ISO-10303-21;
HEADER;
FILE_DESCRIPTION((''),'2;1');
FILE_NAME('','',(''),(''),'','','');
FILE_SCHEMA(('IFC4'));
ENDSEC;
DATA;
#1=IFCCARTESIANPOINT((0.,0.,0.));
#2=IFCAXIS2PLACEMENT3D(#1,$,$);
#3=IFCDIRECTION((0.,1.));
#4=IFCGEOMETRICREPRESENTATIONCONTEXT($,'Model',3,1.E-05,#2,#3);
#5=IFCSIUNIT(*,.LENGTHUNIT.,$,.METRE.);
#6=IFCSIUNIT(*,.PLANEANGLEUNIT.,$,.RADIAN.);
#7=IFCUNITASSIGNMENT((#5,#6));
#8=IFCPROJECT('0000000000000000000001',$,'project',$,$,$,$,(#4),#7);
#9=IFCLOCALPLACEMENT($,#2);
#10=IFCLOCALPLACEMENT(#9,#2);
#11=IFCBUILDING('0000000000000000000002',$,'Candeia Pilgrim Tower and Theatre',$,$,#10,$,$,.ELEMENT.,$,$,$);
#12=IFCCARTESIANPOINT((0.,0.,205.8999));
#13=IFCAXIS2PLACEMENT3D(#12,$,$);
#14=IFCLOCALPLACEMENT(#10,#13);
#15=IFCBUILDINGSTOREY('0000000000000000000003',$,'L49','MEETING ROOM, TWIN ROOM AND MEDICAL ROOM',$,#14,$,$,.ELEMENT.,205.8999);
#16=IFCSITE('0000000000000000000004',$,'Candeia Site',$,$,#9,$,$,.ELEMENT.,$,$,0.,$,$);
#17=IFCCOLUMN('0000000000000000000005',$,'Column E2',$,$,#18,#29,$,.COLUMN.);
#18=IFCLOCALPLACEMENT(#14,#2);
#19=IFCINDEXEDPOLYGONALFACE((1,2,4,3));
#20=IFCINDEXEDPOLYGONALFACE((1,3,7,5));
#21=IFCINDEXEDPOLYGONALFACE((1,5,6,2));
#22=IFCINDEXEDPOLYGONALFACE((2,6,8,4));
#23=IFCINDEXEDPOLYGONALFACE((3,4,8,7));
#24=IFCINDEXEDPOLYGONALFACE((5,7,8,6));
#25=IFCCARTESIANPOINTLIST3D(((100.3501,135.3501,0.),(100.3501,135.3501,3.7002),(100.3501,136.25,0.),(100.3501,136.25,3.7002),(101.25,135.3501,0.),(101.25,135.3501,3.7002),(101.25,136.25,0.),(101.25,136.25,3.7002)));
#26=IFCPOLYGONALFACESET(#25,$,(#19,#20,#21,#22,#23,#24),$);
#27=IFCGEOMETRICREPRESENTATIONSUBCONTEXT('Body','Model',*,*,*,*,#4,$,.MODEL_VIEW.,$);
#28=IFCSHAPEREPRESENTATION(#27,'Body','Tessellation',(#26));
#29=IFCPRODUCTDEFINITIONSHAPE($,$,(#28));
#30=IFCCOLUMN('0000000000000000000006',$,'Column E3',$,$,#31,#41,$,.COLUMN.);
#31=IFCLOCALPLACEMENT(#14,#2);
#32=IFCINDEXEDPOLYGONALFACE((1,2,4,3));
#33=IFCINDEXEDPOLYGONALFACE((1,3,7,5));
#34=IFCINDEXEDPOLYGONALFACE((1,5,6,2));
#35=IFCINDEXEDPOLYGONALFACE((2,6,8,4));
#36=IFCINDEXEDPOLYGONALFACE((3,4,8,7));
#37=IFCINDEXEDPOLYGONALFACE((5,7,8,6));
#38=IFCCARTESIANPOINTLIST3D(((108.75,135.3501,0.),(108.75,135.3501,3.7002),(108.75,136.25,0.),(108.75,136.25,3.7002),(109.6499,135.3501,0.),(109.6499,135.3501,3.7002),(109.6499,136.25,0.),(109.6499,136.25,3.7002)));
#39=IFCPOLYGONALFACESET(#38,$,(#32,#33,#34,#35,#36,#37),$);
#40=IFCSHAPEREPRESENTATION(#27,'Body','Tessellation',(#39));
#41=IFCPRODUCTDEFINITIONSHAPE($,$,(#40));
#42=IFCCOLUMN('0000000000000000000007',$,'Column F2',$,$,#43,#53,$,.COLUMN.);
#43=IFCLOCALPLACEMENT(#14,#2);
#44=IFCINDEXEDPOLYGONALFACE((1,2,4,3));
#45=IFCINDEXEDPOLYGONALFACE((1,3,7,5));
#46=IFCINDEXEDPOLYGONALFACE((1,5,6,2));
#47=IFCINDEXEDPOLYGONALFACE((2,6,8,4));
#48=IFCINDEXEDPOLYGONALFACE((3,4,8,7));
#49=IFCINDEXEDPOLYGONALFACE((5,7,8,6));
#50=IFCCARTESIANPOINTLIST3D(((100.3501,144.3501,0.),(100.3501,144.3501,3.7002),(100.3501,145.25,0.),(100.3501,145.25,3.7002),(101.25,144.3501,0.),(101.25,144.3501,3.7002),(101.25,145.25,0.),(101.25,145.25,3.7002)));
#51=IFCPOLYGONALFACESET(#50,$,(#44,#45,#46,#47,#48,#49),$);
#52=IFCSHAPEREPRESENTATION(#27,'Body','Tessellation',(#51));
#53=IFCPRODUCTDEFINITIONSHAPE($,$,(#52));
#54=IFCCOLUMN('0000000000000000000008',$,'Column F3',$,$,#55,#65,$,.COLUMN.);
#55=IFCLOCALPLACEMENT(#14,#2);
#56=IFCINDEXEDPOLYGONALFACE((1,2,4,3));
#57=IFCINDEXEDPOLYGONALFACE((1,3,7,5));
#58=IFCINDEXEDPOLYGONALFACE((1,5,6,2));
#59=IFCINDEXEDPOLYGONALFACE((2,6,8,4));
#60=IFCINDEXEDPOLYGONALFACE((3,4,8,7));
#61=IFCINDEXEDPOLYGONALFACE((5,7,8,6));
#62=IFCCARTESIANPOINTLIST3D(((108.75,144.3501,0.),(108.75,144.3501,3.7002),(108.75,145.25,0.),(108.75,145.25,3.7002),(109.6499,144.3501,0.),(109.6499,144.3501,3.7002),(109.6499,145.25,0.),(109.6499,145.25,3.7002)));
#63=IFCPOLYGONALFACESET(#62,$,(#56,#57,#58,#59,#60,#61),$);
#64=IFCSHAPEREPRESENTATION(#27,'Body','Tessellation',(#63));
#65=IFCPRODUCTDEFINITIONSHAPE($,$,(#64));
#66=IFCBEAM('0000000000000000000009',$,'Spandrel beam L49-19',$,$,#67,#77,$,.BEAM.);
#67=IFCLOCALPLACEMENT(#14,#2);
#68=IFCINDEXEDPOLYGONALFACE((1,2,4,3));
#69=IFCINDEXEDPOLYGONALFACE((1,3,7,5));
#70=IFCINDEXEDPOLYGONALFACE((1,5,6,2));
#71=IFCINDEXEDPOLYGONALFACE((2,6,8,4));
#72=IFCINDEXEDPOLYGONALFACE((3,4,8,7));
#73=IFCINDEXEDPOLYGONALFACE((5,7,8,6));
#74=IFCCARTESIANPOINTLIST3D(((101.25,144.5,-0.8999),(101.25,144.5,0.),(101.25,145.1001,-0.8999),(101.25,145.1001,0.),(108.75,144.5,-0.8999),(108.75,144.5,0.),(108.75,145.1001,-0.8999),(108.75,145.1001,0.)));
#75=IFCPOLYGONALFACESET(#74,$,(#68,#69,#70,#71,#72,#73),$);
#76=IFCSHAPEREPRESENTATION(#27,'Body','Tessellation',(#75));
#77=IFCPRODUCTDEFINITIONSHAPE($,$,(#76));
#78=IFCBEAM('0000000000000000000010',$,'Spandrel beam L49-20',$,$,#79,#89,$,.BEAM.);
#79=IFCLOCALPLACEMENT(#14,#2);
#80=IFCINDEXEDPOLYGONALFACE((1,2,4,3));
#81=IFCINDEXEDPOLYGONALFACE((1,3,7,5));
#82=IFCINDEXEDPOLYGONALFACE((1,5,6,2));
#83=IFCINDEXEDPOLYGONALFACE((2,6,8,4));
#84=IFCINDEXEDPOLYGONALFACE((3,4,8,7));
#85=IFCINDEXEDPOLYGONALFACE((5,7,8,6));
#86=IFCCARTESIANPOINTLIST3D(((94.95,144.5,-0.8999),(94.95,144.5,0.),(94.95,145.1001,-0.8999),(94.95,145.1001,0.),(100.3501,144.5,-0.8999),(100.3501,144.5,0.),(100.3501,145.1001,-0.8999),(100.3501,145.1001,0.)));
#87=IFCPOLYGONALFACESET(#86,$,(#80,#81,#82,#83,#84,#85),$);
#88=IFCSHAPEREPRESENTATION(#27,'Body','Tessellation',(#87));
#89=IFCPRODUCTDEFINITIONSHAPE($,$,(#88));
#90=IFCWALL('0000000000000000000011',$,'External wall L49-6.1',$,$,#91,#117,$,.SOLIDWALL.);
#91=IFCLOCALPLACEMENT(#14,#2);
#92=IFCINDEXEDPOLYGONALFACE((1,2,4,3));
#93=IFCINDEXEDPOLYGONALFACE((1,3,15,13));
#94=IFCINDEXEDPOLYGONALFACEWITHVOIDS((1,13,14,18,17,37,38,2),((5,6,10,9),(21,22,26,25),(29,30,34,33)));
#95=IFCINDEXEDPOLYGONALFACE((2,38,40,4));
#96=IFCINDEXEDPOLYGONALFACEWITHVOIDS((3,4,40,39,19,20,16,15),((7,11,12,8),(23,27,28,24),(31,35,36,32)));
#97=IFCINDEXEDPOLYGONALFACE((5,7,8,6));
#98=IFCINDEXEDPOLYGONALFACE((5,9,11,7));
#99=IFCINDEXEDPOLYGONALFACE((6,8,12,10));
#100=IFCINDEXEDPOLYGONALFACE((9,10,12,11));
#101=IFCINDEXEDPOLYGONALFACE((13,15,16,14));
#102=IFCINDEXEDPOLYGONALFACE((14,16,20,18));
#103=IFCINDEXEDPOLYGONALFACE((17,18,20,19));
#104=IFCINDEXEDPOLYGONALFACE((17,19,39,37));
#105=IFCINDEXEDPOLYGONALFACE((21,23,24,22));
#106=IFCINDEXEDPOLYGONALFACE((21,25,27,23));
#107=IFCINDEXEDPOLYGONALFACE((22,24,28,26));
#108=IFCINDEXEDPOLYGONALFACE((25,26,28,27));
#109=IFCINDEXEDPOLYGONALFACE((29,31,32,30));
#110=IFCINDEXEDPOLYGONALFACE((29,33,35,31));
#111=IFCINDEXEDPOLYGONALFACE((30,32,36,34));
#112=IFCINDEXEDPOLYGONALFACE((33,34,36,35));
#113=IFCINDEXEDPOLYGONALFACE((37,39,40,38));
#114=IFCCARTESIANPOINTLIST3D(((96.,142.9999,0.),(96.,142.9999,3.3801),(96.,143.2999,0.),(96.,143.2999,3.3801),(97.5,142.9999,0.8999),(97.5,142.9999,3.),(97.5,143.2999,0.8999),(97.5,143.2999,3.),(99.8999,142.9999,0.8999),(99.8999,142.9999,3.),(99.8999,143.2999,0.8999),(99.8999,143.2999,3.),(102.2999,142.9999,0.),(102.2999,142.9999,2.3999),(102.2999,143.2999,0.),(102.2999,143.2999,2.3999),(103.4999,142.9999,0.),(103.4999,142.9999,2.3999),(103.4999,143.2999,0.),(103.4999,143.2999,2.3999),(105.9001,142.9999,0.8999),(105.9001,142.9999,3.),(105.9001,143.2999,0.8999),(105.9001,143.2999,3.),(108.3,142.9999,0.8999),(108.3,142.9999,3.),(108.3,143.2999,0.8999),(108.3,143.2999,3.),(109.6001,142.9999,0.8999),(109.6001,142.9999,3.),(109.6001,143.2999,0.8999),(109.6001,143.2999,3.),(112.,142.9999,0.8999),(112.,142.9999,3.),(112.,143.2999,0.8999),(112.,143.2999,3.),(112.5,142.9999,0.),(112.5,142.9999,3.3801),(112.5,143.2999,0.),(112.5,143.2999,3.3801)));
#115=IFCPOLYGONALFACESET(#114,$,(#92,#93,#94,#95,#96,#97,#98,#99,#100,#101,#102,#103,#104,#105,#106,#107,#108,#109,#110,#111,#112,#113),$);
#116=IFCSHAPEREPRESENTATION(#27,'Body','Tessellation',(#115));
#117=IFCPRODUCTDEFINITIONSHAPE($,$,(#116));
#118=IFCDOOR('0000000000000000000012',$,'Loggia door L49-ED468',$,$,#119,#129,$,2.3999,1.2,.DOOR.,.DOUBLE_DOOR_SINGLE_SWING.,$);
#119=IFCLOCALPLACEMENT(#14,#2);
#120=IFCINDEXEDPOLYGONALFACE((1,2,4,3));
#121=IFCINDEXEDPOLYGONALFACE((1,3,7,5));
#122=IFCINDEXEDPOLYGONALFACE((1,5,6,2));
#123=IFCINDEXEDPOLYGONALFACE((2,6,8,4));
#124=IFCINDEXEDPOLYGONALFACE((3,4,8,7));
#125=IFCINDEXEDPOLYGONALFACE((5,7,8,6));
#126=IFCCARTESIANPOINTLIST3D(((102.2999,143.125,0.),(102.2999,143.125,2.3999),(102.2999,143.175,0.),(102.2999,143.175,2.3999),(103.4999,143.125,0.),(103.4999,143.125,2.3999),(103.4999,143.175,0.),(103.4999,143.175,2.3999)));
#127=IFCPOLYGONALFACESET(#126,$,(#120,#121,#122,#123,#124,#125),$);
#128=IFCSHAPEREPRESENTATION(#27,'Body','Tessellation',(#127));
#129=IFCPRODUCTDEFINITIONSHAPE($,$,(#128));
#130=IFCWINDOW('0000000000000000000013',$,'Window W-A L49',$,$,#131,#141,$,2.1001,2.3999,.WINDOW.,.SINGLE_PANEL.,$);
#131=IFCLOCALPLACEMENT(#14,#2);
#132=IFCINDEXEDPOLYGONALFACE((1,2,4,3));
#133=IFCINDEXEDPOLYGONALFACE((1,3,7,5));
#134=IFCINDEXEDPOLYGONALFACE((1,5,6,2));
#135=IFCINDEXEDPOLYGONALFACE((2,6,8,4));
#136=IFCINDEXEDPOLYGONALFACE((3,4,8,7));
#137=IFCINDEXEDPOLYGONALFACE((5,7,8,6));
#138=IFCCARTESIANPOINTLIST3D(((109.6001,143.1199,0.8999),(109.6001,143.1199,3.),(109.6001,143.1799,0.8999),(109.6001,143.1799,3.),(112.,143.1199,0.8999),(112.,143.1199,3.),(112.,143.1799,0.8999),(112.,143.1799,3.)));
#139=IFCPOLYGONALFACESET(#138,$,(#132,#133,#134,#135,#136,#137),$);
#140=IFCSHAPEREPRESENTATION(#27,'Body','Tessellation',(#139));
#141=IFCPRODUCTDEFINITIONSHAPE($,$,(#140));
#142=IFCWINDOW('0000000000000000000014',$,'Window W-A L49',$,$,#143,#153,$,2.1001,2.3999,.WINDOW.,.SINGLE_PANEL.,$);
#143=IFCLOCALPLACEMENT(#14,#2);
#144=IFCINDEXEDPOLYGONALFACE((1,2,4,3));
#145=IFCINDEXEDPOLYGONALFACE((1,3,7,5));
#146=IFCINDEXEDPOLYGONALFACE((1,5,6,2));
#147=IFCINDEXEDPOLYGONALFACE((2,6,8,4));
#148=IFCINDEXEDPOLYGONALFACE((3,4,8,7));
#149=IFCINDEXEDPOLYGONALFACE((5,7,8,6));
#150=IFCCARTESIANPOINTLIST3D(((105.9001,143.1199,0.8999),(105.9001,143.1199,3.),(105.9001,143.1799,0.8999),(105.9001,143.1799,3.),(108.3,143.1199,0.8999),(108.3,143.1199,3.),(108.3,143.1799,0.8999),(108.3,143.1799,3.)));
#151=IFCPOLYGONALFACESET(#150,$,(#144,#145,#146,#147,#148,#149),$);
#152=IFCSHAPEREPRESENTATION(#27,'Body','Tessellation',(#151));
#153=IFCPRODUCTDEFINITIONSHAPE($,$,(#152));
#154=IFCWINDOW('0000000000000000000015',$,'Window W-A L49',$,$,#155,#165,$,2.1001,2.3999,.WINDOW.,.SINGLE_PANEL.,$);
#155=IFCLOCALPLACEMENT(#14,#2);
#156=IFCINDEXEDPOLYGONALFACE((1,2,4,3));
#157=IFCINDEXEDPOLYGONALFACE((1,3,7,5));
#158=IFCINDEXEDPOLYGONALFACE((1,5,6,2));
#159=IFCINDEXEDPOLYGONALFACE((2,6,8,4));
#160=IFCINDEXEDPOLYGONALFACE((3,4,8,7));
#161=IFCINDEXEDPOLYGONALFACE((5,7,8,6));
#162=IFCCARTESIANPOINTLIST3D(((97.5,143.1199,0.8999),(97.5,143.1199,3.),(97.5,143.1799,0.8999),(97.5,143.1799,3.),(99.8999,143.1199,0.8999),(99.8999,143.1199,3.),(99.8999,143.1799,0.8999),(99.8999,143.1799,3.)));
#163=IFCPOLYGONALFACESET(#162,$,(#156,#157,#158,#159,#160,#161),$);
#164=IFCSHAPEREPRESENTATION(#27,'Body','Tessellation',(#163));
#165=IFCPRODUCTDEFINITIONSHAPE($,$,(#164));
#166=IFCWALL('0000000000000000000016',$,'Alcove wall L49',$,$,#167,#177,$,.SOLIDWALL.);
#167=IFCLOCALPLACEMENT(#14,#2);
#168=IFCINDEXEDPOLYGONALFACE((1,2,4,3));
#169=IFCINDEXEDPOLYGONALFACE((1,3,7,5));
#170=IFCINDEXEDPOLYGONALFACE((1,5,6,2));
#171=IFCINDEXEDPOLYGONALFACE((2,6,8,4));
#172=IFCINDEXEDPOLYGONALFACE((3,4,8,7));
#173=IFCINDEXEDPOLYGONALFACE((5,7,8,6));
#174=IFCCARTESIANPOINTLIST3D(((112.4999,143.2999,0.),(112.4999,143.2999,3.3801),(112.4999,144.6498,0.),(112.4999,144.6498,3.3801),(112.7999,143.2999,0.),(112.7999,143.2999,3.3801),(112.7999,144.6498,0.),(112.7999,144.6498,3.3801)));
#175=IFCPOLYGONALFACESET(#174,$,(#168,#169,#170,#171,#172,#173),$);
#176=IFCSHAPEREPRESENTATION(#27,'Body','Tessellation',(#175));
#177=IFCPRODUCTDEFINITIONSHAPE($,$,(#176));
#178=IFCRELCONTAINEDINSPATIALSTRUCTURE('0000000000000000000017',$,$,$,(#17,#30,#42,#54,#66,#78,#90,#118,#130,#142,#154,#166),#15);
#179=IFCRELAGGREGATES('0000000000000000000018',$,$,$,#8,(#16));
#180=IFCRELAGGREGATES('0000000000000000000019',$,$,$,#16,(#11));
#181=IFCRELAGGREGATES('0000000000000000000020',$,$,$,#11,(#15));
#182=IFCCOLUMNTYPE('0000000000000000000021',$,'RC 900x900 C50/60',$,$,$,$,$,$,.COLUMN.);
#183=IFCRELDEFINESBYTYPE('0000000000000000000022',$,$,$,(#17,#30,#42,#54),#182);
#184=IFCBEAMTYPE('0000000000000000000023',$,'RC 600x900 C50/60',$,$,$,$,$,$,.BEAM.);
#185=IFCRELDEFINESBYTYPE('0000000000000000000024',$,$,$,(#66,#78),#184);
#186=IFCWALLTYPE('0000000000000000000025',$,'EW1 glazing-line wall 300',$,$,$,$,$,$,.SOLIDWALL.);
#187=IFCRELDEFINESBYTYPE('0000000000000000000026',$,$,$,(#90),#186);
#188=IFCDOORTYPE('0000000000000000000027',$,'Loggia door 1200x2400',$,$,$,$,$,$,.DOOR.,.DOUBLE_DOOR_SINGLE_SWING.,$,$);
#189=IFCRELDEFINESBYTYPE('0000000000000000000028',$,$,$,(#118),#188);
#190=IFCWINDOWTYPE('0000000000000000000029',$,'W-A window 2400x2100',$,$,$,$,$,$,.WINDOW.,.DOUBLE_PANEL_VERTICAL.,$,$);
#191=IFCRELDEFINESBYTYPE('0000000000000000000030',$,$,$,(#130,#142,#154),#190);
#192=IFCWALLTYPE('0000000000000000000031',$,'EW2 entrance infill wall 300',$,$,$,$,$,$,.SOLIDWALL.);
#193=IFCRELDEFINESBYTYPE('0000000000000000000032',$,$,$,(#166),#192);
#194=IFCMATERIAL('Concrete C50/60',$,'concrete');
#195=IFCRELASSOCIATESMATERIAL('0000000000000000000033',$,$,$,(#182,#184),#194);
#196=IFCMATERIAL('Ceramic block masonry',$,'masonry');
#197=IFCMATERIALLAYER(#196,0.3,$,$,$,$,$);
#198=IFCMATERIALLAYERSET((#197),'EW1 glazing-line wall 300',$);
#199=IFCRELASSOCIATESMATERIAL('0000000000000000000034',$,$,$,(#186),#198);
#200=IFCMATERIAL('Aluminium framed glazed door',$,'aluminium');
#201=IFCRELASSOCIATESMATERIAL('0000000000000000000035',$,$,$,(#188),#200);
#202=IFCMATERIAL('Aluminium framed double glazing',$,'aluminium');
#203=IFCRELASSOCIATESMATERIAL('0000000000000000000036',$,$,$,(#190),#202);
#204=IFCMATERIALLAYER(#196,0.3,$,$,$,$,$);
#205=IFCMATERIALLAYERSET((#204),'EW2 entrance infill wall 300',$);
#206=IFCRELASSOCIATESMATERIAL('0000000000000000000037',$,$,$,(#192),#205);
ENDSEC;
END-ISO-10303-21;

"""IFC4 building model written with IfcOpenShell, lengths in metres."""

from ifc_helpers import new_model, si_unit, direction, frame, frame_2d, origin, origin_2d, place, context, subcontext, project, spatial, rectangle, extrude, material, layer, layer_set, material_profile, profile_set, type_object, element, fill, save


model = new_model("IFC4")

# Units and contexts
model_context = context("Model", 3, precision=1e-05, world=origin(), true_north=direction((0.0, 1.0)))
body_context = subcontext(model_context, "Body", "Model", "MODEL_VIEW")
ifc_project = project(units=[si_unit("LENGTHUNIT", "METRE"), si_unit("PLANEANGLEUNIT", "RADIAN")], contexts=[model_context])

# Site, building, storey
site_placement = place(None, origin())
site = spatial("IfcSite", under=ifc_project, at=site_placement, Name="Candeia Site", CompositionType="ELEMENT", RefElevation=0.0)
building_placement = place(site_placement, origin())
building = spatial("IfcBuilding", under=site, at=building_placement, Name="Candeia Pilgrim Tower and Theatre", CompositionType="ELEMENT")
storey_placement = place(building_placement, frame((0.0, 0.0, 205.8999)))
storey = spatial("IfcBuildingStorey", under=building, at=storey_placement, Name="L49", Description="MEETING ROOM, TWIN ROOM AND MEDICAL ROOM", CompositionType="ELEMENT", Elevation=205.8999)

# Columns
ifc_material_1 = material(Name="Concrete C50/60", Category="concrete")
ifc_material_profile_1 = material_profile(ifc_material_1, rectangle(XDim=0.8999, YDim=0.8999, at=origin_2d()))
ifc_profile_set_1 = profile_set([ifc_material_profile_1], Name="Concrete C50/60")
column_type = type_object("IfcColumnType", Name="RC 900x900 C50/60", PredefinedType="COLUMN", material=ifc_profile_set_1)
for number, where, z_axis, x_axis, name in (
    (1, (100.8, 135.8, 0.0), (0.0, 0.0, 1.0), (1.0, 0.0, 0.0), "Column E2"),
    (2, (109.2, 135.8, 0.0), (0.0, 0.0, 1.0), (1.0, 0.0, 0.0), "Column E3"),
    (3, (100.8, 144.8, 0.0), (0.0, 0.0, 1.0), (1.0, 0.0, 0.0), "Column F2"),
    (4, (109.2, 144.8, 0.0), (0.0, 0.0, 1.0), (1.0, 0.0, 0.0), "Column F3"),
):
    element("IfcColumn", number, at=place(storey_placement, frame(where, z_axis=z_axis, x_axis=x_axis)), inside=storey, type_object=column_type, Name=name, PredefinedType="COLUMN", context=body_context, shape_type="SweptSolid", body=[
        extrude(rectangle(XDim=0.8999, YDim=0.8999, at=origin_2d()), origin(), (0.0, 0.0, 1.0), 3.7002),
    ])

# Beams
ifc_material_profile_2 = material_profile(ifc_material_1, rectangle(XDim=0.6001, YDim=0.8999, at=origin_2d()))
ifc_profile_set_2 = profile_set([ifc_material_profile_2], Name="Concrete C50/60")
beam_type = type_object("IfcBeamType", Name="RC 600x900 C50/60", PredefinedType="BEAM", material=ifc_profile_set_2)
beam_1_placement = place(storey_placement, frame((108.75, 144.8, -0.45), z_axis=(-1.0, 0.0, 0.0), x_axis=(0.0, -1.0, 0.0)))
element("IfcBeam", 5, at=beam_1_placement, inside=storey, type_object=beam_type, Name="Spandrel beam L49-19", PredefinedType="BEAM", context=body_context, shape_type="SweptSolid", body=[
    extrude(rectangle(XDim=0.6001, YDim=0.8999, at=origin_2d()), origin(), (0.0, 0.0, 1.0), 7.5),
])
beam_2_placement = place(storey_placement, frame((100.3501, 144.8, -0.45), z_axis=(-1.0, 0.0, 0.0), x_axis=(0.0, -1.0, 0.0)))
element("IfcBeam", 6, at=beam_2_placement, inside=storey, type_object=beam_type, Name="Spandrel beam L49-20", PredefinedType="BEAM", context=body_context, shape_type="SweptSolid", body=[
    extrude(rectangle(XDim=0.6001, YDim=0.8999, at=origin_2d()), origin(), (0.0, 0.0, 1.0), 5.4001),
])

# Wall, openings, door, windows
ifc_material_2 = material(Name="Ceramic block masonry", Category="masonry")
ifc_layer_1 = layer(ifc_material_2, 0.3)
ifc_layer_set_1 = layer_set([ifc_layer_1], Name="EW1 glazing-line wall 300")
wall_type_1 = type_object("IfcWallType", Name="EW1 glazing-line wall 300", PredefinedType="SOLIDWALL", material=ifc_layer_set_1)
wall_1_placement = place(storey_placement, frame((112.5, 143.1499, 0.0), z_axis=(0.0, 0.0, 1.0), x_axis=(-1.0, 0.0, 0.0)))
wall_1 = element("IfcWall", 7, at=wall_1_placement, inside=storey, type_object=wall_type_1, Name="External wall L49-6.1", PredefinedType="SOLIDWALL", context=body_context, shape_type="SweptSolid", body=[
    extrude(rectangle(XDim=16.5, YDim=0.3, at=frame_2d((8.25, 0.0))), origin(), (0.0, 0.0, 1.0), 3.3801),
])
opening_1_placement = place(wall_1_placement, frame((0.5, 0.0, 0.8999)))
opening_1 = element("IfcOpeningElement", 8, at=opening_1_placement, cuts=wall_1, PredefinedType="OPENING", context=body_context, shape_type="SweptSolid", body=[
    extrude(rectangle(XDim=2.3999, YDim=2.1001, at=frame_2d((1.2, 1.05))), frame((0.0, 0.1602, 0.0), z_axis=(0.0, -1.0, 0.0), x_axis=(1.0, 0.0, 0.0)), (0.0, 0.0, 1.0), 0.3201),
])
opening_2_placement = place(wall_1_placement, frame((4.2, 0.0, 0.8999)))
opening_2 = element("IfcOpeningElement", 9, at=opening_2_placement, cuts=wall_1, PredefinedType="OPENING", context=body_context, shape_type="SweptSolid", body=[
    extrude(rectangle(XDim=2.3999, YDim=2.1001, at=frame_2d((1.2, 1.05))), frame((0.0, 0.1602, 0.0), z_axis=(0.0, -1.0, 0.0), x_axis=(1.0, 0.0, 0.0)), (0.0, 0.0, 1.0), 0.3201),
])
opening_3_placement = place(wall_1_placement, frame((9.0, 0.0, 0.0)))
opening_3 = element("IfcOpeningElement", 10, at=opening_3_placement, cuts=wall_1, PredefinedType="OPENING", context=body_context, shape_type="SweptSolid", body=[
    extrude(rectangle(XDim=1.2, YDim=2.3999, at=frame_2d((0.6001, 1.2))), frame((0.0, 0.1602, 0.0), z_axis=(0.0, -1.0, 0.0), x_axis=(1.0, 0.0, 0.0)), (0.0, 0.0, 1.0), 0.3201),
])
opening_4_placement = place(wall_1_placement, frame((12.6001, 0.0, 0.8999)))
opening_4 = element("IfcOpeningElement", 11, at=opening_4_placement, cuts=wall_1, PredefinedType="OPENING", context=body_context, shape_type="SweptSolid", body=[
    extrude(rectangle(XDim=2.3999, YDim=2.1001, at=frame_2d((1.2, 1.05))), frame((0.0, 0.1602, 0.0), z_axis=(0.0, -1.0, 0.0), x_axis=(1.0, 0.0, 0.0)), (0.0, 0.0, 1.0), 0.3201),
])
ifc_material_3 = material(Name="Aluminium framed glazed door", Category="aluminium")
door_type_1 = type_object("IfcDoorType", Name="Loggia door 1200x2400", OperationType="DOUBLE_DOOR_SINGLE_SWING", PredefinedType="DOOR", material=ifc_material_3)
door_1_placement = place(opening_3_placement, origin())
door_1 = element("IfcDoor", 12, at=door_1_placement, inside=storey, type_object=door_type_1, Name="Loggia door L49-ED468", OperationType="DOUBLE_DOOR_SINGLE_SWING", OverallHeight=2.3999, OverallWidth=1.2, PredefinedType="DOOR", context=body_context, shape_type="SweptSolid", body=[
    extrude(rectangle(XDim=1.2, YDim=2.3999, at=frame_2d((0.6001, 1.2))), frame((0.0, 0.0249, 0.0), z_axis=(0.0, -1.0, 0.0), x_axis=(1.0, 0.0, 0.0)), (0.0, 0.0, 1.0), 0.05),
])
fill(opening_3, door_1)
ifc_material_4 = material(Name="Aluminium framed double glazing", Category="aluminium")
window_type = type_object("IfcWindowType", Name="W-A window 2400x2100", PartitioningType="DOUBLE_PANEL_VERTICAL", PredefinedType="WINDOW", material=ifc_material_4)
window_1_placement = place(opening_1_placement, origin())
window_1 = element("IfcWindow", 13, at=window_1_placement, inside=storey, type_object=window_type, Name="Window W-A L49", OverallHeight=2.1001, OverallWidth=2.3999, PartitioningType="SINGLE_PANEL", PredefinedType="WINDOW", context=body_context, shape_type="SweptSolid", body=[
    extrude(rectangle(XDim=2.3999, YDim=2.1001, at=frame_2d((1.2, 1.05))), frame((0.0, 0.03, 0.0), z_axis=(0.0, -1.0, 0.0), x_axis=(1.0, 0.0, 0.0)), (0.0, 0.0, 1.0), 0.0601),
])
fill(opening_1, window_1)
window_2_placement = place(opening_2_placement, origin())
window_2 = element("IfcWindow", 14, at=window_2_placement, inside=storey, type_object=window_type, Name="Window W-A L49", OverallHeight=2.1001, OverallWidth=2.3999, PartitioningType="SINGLE_PANEL", PredefinedType="WINDOW", context=body_context, shape_type="SweptSolid", body=[
    extrude(rectangle(XDim=2.3999, YDim=2.1001, at=frame_2d((1.2, 1.05))), frame((0.0, 0.03, 0.0), z_axis=(0.0, -1.0, 0.0), x_axis=(1.0, 0.0, 0.0)), (0.0, 0.0, 1.0), 0.0601),
])
fill(opening_2, window_2)
window_3_placement = place(opening_4_placement, origin())
window_3 = element("IfcWindow", 15, at=window_3_placement, inside=storey, type_object=window_type, Name="Window W-A L49", OverallHeight=2.1001, OverallWidth=2.3999, PartitioningType="SINGLE_PANEL", PredefinedType="WINDOW", context=body_context, shape_type="SweptSolid", body=[
    extrude(rectangle(XDim=2.3999, YDim=2.1001, at=frame_2d((1.2, 1.05))), frame((0.0, 0.03, 0.0), z_axis=(0.0, -1.0, 0.0), x_axis=(1.0, 0.0, 0.0)), (0.0, 0.0, 1.0), 0.0601),
])
fill(opening_4, window_3)

# Wall
ifc_layer_2 = layer(ifc_material_2, 0.3)
ifc_layer_set_2 = layer_set([ifc_layer_2], Name="EW2 entrance infill wall 300")
wall_type_2 = type_object("IfcWallType", Name="EW2 entrance infill wall 300", PredefinedType="SOLIDWALL", material=ifc_layer_set_2)
wall_2_placement = place(storey_placement, frame((112.6499, 143.3, 0.0), z_axis=(0.0, 0.0, 1.0), x_axis=(0.0, 1.0, 0.0)))
element("IfcWall", 16, at=wall_2_placement, inside=storey, type_object=wall_type_2, Name="Alcove wall L49", PredefinedType="SOLIDWALL", context=body_context, shape_type="SweptSolid", body=[
    extrude(rectangle(XDim=1.3499, YDim=0.3, at=frame_2d((0.6748, 0.0))), origin(), (0.0, 0.0, 1.0), 3.3801),
])

save(model, "model.ifc")
